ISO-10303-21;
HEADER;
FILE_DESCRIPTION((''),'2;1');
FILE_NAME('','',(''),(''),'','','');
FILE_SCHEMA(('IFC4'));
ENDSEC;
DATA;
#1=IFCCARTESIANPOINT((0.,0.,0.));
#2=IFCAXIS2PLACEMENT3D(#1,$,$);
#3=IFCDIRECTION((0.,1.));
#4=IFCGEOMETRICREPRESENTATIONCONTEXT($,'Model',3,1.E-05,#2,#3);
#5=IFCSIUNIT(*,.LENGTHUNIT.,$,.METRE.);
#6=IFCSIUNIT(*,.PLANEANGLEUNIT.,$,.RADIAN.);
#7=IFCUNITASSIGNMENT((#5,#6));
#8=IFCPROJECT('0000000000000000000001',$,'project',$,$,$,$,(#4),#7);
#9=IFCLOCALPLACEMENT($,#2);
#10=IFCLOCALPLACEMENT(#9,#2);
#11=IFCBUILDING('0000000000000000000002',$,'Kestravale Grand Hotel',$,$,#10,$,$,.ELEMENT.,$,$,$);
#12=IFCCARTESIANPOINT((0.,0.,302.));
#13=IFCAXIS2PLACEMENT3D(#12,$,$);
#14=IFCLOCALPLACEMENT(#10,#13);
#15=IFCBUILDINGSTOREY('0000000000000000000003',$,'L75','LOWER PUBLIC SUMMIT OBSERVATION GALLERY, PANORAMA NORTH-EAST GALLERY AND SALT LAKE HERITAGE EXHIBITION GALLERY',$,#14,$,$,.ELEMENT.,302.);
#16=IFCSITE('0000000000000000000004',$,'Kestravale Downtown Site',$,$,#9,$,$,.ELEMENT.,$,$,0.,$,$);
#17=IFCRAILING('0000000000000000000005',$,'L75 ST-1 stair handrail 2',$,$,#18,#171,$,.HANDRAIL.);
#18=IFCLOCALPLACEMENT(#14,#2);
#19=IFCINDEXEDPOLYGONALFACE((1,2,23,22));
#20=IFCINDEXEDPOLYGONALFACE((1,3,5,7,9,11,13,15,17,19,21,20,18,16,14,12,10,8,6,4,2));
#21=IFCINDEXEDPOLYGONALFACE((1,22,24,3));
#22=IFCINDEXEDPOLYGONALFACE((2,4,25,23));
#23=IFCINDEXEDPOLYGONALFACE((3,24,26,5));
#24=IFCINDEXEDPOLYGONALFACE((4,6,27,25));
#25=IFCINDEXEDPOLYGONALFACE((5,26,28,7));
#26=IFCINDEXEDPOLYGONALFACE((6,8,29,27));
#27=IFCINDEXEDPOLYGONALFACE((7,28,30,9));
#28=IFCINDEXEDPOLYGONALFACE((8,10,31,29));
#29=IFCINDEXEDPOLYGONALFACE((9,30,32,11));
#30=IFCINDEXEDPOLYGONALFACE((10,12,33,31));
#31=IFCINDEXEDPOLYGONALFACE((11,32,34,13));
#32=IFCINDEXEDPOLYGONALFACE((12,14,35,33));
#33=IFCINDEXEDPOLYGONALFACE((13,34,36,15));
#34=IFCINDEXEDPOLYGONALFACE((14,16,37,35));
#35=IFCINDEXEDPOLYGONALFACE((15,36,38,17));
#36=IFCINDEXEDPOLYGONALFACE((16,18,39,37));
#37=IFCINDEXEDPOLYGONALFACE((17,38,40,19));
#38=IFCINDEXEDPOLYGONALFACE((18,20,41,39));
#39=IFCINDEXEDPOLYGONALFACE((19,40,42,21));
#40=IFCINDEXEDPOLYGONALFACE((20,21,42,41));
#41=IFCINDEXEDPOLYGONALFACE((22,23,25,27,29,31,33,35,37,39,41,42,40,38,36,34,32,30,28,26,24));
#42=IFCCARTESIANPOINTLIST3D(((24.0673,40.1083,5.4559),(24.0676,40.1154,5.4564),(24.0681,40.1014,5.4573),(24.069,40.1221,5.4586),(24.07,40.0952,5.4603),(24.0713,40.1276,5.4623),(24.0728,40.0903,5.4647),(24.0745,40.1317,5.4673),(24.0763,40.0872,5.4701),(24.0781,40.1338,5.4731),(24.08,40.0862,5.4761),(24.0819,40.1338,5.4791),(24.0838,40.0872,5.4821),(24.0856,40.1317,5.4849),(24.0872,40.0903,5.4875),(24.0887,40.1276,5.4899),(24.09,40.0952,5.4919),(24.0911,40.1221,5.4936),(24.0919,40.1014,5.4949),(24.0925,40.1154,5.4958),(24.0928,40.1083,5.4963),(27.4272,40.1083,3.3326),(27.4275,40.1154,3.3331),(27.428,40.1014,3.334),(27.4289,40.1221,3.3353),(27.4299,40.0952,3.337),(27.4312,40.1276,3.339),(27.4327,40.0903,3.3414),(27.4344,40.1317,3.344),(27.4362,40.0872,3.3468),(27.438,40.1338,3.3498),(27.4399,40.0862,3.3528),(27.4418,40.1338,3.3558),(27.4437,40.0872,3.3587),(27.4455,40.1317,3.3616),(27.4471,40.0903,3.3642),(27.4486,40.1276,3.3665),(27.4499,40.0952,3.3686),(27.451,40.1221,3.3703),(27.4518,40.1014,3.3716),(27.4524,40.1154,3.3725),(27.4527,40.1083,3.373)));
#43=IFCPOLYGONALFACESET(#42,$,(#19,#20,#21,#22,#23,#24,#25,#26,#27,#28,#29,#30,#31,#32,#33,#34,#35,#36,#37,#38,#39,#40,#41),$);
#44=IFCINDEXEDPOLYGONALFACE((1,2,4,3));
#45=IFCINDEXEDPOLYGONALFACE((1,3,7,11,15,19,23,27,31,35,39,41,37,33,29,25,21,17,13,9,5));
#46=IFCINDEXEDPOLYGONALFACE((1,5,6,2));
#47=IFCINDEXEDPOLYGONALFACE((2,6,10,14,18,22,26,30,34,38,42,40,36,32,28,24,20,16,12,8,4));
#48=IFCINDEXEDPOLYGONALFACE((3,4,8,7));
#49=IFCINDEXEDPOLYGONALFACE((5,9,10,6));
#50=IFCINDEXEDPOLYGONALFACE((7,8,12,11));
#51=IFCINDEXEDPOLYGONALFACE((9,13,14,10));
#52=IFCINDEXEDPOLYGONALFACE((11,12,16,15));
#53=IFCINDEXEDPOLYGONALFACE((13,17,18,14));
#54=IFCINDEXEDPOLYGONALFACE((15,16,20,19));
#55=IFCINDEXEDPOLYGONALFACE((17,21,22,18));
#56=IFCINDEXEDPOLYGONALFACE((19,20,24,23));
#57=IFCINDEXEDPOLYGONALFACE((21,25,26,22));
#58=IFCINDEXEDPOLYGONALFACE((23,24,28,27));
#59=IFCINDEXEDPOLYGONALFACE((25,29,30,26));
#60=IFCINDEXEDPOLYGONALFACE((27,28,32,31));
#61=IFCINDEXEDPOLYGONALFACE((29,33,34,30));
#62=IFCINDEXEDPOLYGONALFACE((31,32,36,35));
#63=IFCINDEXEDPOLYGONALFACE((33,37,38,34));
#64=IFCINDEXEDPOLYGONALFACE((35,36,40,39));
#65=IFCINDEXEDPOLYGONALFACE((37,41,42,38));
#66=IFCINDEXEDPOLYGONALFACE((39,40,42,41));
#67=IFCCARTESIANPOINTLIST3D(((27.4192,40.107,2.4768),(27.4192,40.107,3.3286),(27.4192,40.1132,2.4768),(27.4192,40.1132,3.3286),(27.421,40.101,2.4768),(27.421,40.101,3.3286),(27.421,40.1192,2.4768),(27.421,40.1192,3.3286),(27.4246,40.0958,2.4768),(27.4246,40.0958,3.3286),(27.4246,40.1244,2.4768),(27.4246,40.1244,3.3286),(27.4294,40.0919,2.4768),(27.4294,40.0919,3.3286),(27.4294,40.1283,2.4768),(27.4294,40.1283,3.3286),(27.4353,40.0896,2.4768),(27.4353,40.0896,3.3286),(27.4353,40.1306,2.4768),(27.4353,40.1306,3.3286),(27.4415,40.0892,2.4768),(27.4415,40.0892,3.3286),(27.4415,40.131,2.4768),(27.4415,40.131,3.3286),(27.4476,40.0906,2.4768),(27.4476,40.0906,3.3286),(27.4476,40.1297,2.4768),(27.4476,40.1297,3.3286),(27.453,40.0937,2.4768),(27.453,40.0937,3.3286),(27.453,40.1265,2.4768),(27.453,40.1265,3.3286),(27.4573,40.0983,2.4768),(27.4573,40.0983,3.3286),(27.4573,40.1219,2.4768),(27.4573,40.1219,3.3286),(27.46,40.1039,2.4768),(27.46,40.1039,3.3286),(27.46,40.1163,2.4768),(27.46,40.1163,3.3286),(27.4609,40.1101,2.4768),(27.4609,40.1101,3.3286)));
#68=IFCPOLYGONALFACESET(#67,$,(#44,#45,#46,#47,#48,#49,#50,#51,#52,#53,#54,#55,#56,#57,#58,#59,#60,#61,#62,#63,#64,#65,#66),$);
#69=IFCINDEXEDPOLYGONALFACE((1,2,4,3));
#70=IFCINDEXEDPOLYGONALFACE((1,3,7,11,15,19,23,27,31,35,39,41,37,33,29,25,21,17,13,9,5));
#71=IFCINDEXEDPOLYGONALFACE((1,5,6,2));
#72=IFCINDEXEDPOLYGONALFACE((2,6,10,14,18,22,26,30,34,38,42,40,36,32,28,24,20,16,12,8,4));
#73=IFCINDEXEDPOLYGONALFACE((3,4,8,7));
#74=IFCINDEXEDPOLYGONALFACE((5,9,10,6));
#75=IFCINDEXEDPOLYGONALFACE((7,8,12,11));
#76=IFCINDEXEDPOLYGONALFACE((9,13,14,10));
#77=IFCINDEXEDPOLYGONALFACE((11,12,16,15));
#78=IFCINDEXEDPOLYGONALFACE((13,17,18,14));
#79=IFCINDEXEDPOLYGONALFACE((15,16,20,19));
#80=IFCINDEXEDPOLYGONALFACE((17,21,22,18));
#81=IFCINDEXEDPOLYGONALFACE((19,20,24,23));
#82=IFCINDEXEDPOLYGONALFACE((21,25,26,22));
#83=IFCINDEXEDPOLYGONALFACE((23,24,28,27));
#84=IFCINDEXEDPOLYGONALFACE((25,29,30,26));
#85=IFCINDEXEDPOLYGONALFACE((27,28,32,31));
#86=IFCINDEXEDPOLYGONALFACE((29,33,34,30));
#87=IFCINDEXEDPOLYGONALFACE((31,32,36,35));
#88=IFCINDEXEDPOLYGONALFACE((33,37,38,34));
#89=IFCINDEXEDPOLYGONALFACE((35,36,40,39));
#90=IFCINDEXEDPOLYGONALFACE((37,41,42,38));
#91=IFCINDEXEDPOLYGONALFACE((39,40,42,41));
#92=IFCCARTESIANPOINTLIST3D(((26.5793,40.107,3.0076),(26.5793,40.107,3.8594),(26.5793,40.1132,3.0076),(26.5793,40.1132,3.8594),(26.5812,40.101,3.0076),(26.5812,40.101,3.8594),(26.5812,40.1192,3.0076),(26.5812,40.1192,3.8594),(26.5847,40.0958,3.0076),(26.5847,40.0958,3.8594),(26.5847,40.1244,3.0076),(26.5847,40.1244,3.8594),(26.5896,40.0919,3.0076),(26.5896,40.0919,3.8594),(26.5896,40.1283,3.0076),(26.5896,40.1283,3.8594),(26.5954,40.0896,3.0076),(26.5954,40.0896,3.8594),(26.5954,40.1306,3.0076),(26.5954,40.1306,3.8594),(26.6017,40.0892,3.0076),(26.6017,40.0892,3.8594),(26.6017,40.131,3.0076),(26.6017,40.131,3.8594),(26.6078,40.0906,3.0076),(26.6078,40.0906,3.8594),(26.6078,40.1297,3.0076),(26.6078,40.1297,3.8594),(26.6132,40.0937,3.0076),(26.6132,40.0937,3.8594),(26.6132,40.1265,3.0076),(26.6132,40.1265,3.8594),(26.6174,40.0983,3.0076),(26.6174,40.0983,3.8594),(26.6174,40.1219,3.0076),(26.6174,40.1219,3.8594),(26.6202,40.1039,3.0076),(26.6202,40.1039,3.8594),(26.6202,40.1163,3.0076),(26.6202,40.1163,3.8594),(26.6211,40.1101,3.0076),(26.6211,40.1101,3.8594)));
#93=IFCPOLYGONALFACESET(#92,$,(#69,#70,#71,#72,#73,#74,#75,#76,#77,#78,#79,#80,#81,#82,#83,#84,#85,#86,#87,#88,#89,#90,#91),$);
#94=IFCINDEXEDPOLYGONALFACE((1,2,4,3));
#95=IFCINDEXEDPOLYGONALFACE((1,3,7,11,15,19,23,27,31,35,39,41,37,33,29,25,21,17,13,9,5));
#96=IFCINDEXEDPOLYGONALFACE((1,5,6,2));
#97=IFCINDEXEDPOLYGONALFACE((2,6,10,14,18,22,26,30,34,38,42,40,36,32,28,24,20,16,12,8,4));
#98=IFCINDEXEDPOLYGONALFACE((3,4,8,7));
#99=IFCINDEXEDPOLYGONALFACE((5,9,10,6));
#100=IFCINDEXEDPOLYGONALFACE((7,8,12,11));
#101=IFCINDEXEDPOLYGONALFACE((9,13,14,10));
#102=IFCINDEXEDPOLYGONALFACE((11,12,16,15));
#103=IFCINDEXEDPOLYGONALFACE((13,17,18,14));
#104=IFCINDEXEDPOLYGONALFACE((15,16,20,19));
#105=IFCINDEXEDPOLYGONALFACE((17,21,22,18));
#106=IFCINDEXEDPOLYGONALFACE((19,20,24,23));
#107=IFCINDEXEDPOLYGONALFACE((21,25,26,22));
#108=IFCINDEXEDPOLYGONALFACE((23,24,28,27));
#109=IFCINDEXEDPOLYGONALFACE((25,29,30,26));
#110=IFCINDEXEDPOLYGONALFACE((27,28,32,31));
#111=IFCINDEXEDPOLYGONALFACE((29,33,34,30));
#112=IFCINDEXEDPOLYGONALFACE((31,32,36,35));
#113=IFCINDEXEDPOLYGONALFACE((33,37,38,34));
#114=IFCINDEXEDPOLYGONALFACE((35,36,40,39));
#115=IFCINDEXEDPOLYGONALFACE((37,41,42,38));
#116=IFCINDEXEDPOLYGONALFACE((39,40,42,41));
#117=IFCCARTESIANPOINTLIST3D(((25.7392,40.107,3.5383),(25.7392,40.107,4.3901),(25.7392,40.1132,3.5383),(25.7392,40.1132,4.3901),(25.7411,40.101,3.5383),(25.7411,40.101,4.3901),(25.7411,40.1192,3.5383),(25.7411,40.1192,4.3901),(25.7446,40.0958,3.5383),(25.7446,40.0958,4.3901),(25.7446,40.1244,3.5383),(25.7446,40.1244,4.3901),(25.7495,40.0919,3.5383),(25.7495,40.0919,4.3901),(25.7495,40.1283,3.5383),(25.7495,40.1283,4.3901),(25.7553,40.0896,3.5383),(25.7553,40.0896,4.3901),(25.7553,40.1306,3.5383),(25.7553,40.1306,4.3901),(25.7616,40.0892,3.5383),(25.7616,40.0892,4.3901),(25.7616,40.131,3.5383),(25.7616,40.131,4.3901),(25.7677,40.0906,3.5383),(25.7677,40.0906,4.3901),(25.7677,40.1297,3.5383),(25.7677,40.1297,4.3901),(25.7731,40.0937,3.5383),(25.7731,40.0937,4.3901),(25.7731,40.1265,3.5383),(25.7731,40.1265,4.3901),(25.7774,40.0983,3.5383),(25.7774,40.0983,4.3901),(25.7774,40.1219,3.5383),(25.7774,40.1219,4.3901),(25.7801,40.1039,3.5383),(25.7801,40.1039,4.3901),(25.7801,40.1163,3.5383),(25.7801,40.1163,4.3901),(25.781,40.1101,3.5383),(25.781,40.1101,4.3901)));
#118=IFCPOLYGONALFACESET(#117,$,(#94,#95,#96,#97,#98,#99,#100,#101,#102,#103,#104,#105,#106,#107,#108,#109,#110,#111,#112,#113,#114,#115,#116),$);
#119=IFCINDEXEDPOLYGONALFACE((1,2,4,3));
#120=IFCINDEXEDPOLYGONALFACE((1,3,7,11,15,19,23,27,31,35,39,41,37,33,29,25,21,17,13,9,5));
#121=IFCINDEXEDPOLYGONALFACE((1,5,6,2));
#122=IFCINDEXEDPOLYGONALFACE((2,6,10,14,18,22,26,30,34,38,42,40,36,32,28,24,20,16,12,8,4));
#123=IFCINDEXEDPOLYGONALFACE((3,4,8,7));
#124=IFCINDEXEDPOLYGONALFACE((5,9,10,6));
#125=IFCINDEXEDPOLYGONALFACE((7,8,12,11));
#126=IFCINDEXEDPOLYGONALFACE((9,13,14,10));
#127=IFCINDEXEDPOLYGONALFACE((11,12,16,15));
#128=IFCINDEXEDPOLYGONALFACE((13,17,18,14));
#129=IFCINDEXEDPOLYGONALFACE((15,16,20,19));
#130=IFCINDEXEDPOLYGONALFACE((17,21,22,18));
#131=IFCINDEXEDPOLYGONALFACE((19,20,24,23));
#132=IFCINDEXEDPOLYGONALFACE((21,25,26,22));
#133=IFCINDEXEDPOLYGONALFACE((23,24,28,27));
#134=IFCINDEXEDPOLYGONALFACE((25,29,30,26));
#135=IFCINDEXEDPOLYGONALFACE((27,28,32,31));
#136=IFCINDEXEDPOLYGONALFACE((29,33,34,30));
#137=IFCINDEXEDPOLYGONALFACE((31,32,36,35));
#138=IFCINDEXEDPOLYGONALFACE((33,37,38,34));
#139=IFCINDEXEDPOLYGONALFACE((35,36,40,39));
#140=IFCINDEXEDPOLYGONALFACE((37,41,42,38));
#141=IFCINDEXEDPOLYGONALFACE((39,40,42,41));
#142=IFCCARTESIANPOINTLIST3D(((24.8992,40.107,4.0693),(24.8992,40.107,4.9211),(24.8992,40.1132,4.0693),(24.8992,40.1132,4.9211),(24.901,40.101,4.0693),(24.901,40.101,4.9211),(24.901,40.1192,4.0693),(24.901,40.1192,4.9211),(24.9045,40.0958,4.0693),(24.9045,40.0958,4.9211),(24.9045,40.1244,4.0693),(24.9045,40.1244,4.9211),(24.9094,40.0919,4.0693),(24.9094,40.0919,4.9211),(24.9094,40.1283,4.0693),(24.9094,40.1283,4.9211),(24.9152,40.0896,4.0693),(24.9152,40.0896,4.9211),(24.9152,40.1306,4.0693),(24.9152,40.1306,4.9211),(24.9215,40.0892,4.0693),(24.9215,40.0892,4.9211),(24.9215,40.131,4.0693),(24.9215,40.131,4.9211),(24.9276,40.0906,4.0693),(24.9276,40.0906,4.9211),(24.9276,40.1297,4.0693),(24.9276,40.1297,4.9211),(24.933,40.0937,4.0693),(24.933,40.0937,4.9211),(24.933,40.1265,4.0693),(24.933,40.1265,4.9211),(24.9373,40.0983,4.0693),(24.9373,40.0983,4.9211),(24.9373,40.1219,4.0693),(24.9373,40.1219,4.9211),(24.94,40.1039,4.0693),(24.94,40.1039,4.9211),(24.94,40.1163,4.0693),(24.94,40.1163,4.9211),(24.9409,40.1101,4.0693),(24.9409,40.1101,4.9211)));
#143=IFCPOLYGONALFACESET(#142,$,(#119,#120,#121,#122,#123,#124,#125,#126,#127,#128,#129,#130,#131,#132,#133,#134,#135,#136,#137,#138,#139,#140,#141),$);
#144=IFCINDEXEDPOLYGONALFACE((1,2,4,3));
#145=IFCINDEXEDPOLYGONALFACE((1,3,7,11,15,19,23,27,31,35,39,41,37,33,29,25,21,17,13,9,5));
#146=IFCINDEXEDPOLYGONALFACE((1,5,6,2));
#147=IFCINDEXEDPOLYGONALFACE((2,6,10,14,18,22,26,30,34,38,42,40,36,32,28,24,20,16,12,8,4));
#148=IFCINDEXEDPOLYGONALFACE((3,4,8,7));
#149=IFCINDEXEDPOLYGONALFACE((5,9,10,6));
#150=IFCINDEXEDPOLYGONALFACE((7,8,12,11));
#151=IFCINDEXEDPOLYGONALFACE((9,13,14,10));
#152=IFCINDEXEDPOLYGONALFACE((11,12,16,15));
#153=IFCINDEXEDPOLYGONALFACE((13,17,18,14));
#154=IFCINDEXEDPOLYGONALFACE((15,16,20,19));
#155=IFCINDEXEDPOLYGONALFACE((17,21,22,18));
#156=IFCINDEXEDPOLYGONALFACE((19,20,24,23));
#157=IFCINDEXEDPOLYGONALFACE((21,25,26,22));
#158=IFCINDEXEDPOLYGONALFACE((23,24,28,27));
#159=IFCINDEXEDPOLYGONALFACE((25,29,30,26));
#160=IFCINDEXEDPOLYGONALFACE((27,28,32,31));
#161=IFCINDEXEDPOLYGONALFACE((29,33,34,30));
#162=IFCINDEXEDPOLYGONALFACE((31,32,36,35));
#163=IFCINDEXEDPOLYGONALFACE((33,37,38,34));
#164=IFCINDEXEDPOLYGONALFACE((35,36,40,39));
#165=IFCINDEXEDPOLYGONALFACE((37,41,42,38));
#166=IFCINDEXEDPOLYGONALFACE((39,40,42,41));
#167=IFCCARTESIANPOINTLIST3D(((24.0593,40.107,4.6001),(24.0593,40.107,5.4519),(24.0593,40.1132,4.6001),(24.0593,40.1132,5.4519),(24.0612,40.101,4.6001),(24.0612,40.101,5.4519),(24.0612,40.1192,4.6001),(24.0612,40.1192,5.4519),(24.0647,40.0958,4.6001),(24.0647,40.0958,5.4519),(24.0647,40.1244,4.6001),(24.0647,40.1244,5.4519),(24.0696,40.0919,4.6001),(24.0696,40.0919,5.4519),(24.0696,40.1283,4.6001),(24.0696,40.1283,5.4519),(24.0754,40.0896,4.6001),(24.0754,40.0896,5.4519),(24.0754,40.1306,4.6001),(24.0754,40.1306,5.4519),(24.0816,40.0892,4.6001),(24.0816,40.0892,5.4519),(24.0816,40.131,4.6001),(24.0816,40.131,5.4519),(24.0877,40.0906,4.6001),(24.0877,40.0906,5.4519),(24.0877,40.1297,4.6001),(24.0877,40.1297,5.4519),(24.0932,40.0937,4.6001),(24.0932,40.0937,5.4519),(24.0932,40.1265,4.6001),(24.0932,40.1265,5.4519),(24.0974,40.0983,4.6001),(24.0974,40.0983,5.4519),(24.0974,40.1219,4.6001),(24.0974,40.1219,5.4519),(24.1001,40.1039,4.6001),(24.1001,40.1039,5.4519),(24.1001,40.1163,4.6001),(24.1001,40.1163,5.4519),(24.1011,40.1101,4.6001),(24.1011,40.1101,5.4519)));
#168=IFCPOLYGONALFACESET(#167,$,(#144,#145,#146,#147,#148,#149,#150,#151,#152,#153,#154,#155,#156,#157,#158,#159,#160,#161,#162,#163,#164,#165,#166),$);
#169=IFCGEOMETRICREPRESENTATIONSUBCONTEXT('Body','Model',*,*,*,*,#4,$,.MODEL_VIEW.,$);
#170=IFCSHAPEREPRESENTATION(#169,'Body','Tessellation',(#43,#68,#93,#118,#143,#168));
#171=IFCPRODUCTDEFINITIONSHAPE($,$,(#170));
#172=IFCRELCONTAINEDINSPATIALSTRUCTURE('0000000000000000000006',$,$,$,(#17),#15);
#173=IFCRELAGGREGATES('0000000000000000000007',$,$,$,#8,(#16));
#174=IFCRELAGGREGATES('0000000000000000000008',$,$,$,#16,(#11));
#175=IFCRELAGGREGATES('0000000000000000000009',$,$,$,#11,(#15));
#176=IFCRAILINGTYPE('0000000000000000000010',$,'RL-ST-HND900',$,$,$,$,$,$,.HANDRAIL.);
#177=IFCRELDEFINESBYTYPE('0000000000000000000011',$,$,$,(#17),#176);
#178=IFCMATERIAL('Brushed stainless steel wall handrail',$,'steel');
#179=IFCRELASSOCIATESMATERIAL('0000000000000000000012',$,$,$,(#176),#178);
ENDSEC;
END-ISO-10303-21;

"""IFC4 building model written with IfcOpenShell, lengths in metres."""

from ifc_helpers import new_model, si_unit, direction, frame, origin, origin_2d, place, context, subcontext, project, spatial, circle, extrude, material, type_object, element, save


model = new_model("IFC4")

# Units and contexts
model_context = context("Model", 3, precision=1e-05, world=origin(), true_north=direction((0.0, 1.0)))
body_context = subcontext(model_context, "Body", "Model", "MODEL_VIEW")
ifc_project = project(units=[si_unit("LENGTHUNIT", "METRE"), si_unit("PLANEANGLEUNIT", "RADIAN")], contexts=[model_context])

# Site, building, storey
site_placement = place(None, origin())
site = spatial("IfcSite", under=ifc_project, at=site_placement, Name="Kestravale Downtown Site", CompositionType="ELEMENT", RefElevation=0.0)
building_placement = place(site_placement, origin())
building = spatial("IfcBuilding", under=site, at=building_placement, Name="Kestravale Grand Hotel", CompositionType="ELEMENT")
storey_placement = place(building_placement, frame((0.0, 0.0, 302.0)))
storey = spatial("IfcBuildingStorey", under=building, at=storey_placement, Name="L75", Description="LOWER PUBLIC SUMMIT OBSERVATION GALLERY, PANORAMA NORTH-EAST GALLERY AND SALT LAKE HERITAGE EXHIBITION GALLERY", CompositionType="ELEMENT", Elevation=302.0)

# Railing
ifc_material_1 = material(Name="Brushed stainless steel wall handrail", Category="steel")
railing_type_1 = type_object("IfcRailingType", Name="RL-ST-HND900", PredefinedType="HANDRAIL", material=ifc_material_1)
railing_placement = place(storey_placement, frame((27.4399, 40.1101, 2.4768)))
element("IfcRailing", 1, at=railing_placement, inside=storey, type_object=railing_type_1, Name="L75 ST-1 stair handrail 2", PredefinedType="HANDRAIL", context=body_context, shape_type="SweptSolid", body=[
    extrude(circle(Radius=0.0239, at=origin_2d()), frame((0.0, 0.0, 0.876), z_axis=(-0.845344, 0.0, 0.534222), x_axis=(0.0, -1.0, 0.0)), (0.0, 0.0, 1.0), 3.9746),
    extrude(circle(Radius=0.021, at=origin_2d()), origin(), (0.0, 0.0, 1.0), 0.8518),
    extrude(circle(Radius=0.021, at=origin_2d()), frame((-0.8398, 0.0, 0.5308)), (0.0, 0.0, 1.0), 0.8518),
    extrude(circle(Radius=0.021, at=origin_2d()), frame((-1.6799, 0.0, 1.0615)), (0.0, 0.0, 1.0), 0.8518),
    extrude(circle(Radius=0.021, at=origin_2d()), frame((-2.52, 0.0, 1.5925)), (0.0, 0.0, 1.0), 0.8518),
    extrude(circle(Radius=0.021, at=origin_2d()), frame((-3.3599, 0.0, 2.1233)), (0.0, 0.0, 1.0), 0.8518),
])

save(model, "model.ifc")
